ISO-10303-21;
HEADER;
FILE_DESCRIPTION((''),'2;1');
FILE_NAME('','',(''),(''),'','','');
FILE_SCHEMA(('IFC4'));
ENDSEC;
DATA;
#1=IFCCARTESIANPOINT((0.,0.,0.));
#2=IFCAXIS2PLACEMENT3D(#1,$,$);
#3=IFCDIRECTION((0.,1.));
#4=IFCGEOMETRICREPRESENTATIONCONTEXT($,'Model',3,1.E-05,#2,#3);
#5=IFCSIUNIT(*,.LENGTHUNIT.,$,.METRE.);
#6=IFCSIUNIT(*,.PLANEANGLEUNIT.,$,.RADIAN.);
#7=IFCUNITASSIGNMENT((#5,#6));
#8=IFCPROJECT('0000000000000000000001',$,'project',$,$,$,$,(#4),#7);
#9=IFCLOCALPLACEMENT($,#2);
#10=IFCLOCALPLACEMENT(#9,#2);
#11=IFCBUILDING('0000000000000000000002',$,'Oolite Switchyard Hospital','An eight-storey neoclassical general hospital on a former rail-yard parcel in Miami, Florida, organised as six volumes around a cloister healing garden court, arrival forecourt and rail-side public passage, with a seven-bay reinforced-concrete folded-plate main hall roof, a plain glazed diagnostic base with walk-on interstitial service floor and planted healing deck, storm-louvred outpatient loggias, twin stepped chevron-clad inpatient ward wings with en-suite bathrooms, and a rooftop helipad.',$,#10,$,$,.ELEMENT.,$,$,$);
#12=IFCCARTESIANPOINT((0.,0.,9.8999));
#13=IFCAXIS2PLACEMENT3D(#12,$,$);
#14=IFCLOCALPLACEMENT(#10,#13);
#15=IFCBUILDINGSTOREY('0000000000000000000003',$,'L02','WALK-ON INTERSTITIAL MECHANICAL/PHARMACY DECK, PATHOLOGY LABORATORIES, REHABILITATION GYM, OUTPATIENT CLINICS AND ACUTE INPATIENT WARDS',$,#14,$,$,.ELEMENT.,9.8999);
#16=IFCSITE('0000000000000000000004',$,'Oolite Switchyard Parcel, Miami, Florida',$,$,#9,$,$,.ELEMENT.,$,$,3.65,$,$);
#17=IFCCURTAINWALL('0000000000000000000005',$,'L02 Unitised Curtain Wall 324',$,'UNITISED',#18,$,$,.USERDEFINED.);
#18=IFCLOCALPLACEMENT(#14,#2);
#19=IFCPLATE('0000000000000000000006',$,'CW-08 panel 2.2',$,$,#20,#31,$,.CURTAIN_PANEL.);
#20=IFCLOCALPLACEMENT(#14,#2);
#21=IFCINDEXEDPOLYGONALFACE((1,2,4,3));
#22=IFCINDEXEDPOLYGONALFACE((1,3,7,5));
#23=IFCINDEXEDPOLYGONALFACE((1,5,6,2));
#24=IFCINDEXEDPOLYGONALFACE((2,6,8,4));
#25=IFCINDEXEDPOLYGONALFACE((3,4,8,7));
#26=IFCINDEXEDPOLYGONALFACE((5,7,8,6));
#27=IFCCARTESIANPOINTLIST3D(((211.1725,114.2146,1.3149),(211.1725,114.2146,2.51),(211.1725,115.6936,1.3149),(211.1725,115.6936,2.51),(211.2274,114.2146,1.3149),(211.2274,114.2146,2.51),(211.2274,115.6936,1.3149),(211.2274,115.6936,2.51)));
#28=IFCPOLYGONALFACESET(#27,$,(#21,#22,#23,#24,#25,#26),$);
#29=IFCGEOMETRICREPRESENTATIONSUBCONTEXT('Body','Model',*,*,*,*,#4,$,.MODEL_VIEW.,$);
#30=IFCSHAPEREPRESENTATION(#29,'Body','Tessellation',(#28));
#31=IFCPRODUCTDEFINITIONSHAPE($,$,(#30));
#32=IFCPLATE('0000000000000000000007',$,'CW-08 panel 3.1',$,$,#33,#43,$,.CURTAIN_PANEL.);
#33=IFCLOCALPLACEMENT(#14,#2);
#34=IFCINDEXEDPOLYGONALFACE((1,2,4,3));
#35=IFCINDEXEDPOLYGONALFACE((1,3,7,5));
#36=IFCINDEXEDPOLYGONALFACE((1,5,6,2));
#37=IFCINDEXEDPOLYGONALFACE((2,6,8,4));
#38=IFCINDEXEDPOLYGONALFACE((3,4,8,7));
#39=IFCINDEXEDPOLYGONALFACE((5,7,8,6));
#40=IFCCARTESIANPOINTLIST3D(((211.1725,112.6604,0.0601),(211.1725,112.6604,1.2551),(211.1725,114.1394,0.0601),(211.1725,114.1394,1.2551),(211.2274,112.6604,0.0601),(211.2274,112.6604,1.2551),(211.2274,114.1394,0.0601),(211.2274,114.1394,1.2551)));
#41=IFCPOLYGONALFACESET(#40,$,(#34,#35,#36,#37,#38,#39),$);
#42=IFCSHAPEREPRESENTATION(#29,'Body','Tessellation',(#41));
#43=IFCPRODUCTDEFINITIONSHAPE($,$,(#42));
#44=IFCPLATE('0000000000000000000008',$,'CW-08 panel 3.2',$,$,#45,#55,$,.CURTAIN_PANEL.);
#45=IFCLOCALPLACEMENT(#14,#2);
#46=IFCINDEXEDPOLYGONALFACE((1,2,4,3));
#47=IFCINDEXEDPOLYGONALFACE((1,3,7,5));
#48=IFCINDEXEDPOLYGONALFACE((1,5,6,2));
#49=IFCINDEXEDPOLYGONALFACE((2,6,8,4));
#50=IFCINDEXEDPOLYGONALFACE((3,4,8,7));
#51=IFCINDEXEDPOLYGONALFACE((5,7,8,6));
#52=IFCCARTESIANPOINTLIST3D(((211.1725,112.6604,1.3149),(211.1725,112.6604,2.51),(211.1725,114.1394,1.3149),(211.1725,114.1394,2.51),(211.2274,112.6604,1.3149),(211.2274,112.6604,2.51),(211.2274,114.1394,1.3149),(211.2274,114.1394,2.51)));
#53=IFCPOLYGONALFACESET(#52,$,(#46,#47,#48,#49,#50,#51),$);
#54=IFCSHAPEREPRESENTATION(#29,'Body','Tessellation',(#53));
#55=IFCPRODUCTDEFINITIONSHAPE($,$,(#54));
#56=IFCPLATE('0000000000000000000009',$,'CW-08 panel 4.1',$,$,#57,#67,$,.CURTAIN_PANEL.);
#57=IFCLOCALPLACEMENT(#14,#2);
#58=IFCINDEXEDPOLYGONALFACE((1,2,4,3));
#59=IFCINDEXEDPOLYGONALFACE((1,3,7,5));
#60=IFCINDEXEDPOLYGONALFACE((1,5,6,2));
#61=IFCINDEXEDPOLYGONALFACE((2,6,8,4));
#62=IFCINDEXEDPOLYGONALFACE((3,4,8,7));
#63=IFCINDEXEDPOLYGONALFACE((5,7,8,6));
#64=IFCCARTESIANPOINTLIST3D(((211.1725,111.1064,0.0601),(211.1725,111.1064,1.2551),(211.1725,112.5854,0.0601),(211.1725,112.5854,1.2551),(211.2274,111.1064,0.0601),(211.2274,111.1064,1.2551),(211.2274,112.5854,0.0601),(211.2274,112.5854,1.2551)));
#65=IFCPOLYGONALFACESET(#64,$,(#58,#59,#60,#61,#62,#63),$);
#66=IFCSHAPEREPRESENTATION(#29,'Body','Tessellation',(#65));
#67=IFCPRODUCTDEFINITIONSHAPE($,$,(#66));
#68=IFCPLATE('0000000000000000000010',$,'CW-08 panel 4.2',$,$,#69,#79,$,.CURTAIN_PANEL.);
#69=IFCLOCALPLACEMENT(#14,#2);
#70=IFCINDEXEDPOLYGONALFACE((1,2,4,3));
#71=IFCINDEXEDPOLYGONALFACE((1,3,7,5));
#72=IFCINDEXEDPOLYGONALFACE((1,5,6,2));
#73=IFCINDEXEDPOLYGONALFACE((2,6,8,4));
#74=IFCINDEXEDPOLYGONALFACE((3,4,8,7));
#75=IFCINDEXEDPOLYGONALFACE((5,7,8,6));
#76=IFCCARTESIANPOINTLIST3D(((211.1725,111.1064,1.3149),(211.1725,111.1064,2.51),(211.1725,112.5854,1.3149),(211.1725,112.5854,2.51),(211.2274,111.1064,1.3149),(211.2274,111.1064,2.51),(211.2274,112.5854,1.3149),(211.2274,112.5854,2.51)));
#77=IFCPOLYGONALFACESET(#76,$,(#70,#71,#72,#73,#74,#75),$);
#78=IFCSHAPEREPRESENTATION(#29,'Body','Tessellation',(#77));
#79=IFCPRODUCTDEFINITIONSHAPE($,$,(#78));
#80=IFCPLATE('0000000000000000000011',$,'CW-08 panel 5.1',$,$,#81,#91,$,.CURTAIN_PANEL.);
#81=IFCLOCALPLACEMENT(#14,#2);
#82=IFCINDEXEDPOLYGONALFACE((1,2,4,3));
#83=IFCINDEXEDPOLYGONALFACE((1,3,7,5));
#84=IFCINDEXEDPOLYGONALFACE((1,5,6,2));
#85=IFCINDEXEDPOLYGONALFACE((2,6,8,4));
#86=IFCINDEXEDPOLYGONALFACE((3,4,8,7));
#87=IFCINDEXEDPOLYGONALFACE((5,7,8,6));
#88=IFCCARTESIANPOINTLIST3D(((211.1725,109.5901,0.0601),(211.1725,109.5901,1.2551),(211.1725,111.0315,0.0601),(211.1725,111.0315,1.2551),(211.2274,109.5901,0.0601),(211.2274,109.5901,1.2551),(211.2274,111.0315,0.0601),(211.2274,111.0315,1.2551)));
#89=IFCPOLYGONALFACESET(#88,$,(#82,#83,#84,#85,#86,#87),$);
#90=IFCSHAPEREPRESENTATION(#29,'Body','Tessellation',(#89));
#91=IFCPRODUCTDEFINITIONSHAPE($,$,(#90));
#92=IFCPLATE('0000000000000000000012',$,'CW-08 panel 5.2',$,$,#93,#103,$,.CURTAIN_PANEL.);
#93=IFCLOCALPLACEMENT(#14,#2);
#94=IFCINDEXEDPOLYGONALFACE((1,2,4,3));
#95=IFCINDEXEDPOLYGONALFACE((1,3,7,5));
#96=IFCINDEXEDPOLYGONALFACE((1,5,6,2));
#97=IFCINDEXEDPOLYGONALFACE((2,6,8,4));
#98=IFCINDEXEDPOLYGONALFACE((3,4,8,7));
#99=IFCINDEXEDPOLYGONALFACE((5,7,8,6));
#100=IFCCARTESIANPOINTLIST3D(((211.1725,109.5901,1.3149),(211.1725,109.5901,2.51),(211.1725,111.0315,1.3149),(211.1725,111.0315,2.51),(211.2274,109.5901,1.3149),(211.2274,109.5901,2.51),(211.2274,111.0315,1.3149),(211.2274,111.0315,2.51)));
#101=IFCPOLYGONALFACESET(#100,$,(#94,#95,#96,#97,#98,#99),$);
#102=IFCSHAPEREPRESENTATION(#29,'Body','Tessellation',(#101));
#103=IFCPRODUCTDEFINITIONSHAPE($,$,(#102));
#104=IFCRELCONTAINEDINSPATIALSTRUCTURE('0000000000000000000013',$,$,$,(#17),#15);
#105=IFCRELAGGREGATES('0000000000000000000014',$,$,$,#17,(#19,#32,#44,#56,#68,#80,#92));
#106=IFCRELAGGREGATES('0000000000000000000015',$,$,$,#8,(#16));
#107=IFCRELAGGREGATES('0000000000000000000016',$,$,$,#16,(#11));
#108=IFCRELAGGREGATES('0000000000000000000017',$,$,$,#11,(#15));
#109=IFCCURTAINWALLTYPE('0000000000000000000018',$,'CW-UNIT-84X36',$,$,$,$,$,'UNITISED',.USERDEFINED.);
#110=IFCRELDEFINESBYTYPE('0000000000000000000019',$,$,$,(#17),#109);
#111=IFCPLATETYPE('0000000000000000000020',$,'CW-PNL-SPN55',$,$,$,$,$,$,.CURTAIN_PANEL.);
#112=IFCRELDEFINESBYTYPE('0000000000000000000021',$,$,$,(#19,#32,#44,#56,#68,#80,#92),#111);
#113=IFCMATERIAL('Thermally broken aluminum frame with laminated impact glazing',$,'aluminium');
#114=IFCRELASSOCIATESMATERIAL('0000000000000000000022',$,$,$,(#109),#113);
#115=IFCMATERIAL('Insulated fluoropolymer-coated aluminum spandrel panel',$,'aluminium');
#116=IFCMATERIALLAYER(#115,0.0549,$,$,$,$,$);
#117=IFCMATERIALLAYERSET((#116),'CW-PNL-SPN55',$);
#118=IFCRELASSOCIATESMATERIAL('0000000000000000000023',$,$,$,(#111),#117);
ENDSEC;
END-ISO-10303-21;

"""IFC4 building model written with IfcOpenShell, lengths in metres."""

from ifc_helpers import new_model, si_unit, direction, frame, origin, origin_2d, place, context, subcontext, project, spatial, rectangle, extrude, material, layer, layer_set, type_object, element, aggregate, save


model = new_model("IFC4")

# Units and contexts
model_context = context("Model", 3, precision=1e-05, world=origin(), true_north=direction((0.0, 1.0)))
body_context = subcontext(model_context, "Body", "Model", "MODEL_VIEW")
ifc_project = project(units=[si_unit("LENGTHUNIT", "METRE"), si_unit("PLANEANGLEUNIT", "RADIAN")], contexts=[model_context])

# Site, building, storey
site_placement = place(None, origin())
site = spatial("IfcSite", under=ifc_project, at=site_placement, Name="Oolite Switchyard Parcel, Miami, Florida", CompositionType="ELEMENT", RefElevation=3.65)
building_placement = place(site_placement, origin())
building = spatial("IfcBuilding", under=site, at=building_placement, Name="Oolite Switchyard Hospital", Description="An eight-storey neoclassical general hospital on a former rail-yard parcel in Miami, Florida, organised as six volumes around a cloister healing garden court, arrival forecourt and rail-side public passage, with a seven-bay reinforced-concrete folded-plate main hall roof, a plain glazed diagnostic base with walk-on interstitial service floor and planted healing deck, storm-louvred outpatient loggias, twin stepped chevron-clad inpatient ward wings with en-suite bathrooms, and a rooftop helipad.", CompositionType="ELEMENT")
storey_placement = place(building_placement, frame((0.0, 0.0, 9.8999)))
storey = spatial("IfcBuildingStorey", under=building, at=storey_placement, Name="L02", Description="WALK-ON INTERSTITIAL MECHANICAL/PHARMACY DECK, PATHOLOGY LABORATORIES, REHABILITATION GYM, OUTPATIENT CLINICS AND ACUTE INPATIENT WARDS", CompositionType="ELEMENT", Elevation=9.8999)

# Curtain wall, plates
ifc_material_1 = material(Name="Thermally broken aluminum frame with laminated impact glazing", Category="aluminium")
curtain_wall_type = type_object("IfcCurtainWallType", Name="CW-UNIT-84X36", ElementType="UNITISED", PredefinedType="USERDEFINED", material=ifc_material_1)
curtain_wall_placement = place(storey_placement, origin())
curtain_wall = element("IfcCurtainWall", 1, at=curtain_wall_placement, inside=storey, type_object=curtain_wall_type, Name="L02 Unitised Curtain Wall 324", ObjectType="UNITISED", PredefinedType="USERDEFINED")
ifc_material_2 = material(Name="Insulated fluoropolymer-coated aluminum spandrel panel", Category="aluminium")
ifc_layer = layer(ifc_material_2, 0.0549)
ifc_layer_set = layer_set([ifc_layer], Name="CW-PNL-SPN55")
plate_type = type_object("IfcPlateType", Name="CW-PNL-SPN55", PredefinedType="CURTAIN_PANEL", material=ifc_layer_set)
plate_1_placement = place(storey_placement, frame((211.2, 114.9541, 1.3149), z_axis=(0.0, 0.0, 1.0), x_axis=(0.0, -1.0, 0.0)))
plate_1 = element("IfcPlate", 2, at=plate_1_placement, type_object=plate_type, Name="CW-08 panel 2.2", PredefinedType="CURTAIN_PANEL", context=body_context, shape_type="SweptSolid", body=[
    extrude(rectangle(XDim=1.479, YDim=0.0549, at=origin_2d()), origin(), (0.0, 0.0, 1.0), 1.1951),
])
plate_2_placement = place(storey_placement, frame((211.2, 113.3999, 0.0601), z_axis=(0.0, 0.0, 1.0), x_axis=(0.0, -1.0, 0.0)))
plate_2 = element("IfcPlate", 3, at=plate_2_placement, type_object=plate_type, Name="CW-08 panel 3.1", PredefinedType="CURTAIN_PANEL", context=body_context, shape_type="SweptSolid", body=[
    extrude(rectangle(XDim=1.479, YDim=0.0549, at=origin_2d()), origin(), (0.0, 0.0, 1.0), 1.1951),
])
plate_3_placement = place(storey_placement, frame((211.2, 113.3999, 1.3149), z_axis=(0.0, 0.0, 1.0), x_axis=(0.0, -1.0, 0.0)))
plate_3 = element("IfcPlate", 4, at=plate_3_placement, type_object=plate_type, Name="CW-08 panel 3.2", PredefinedType="CURTAIN_PANEL", context=body_context, shape_type="SweptSolid", body=[
    extrude(rectangle(XDim=1.479, YDim=0.0549, at=origin_2d()), origin(), (0.0, 0.0, 1.0), 1.1951),
])
plate_4_placement = place(storey_placement, frame((211.2, 111.8459, 0.0601), z_axis=(0.0, 0.0, 1.0), x_axis=(0.0, -1.0, 0.0)))
plate_4 = element("IfcPlate", 5, at=plate_4_placement, type_object=plate_type, Name="CW-08 panel 4.1", PredefinedType="CURTAIN_PANEL", context=body_context, shape_type="SweptSolid", body=[
    extrude(rectangle(XDim=1.479, YDim=0.0549, at=origin_2d()), origin(), (0.0, 0.0, 1.0), 1.1951),
])
plate_5_placement = place(storey_placement, frame((211.2, 111.8459, 1.3149), z_axis=(0.0, 0.0, 1.0), x_axis=(0.0, -1.0, 0.0)))
plate_5 = element("IfcPlate", 6, at=plate_5_placement, type_object=plate_type, Name="CW-08 panel 4.2", PredefinedType="CURTAIN_PANEL", context=body_context, shape_type="SweptSolid", body=[
    extrude(rectangle(XDim=1.479, YDim=0.0549, at=origin_2d()), origin(), (0.0, 0.0, 1.0), 1.1951),
])
plate_6_placement = place(storey_placement, frame((211.2, 110.3108, 0.0601), z_axis=(0.0, 0.0, 1.0), x_axis=(0.0, -1.0, 0.0)))
plate_6 = element("IfcPlate", 7, at=plate_6_placement, type_object=plate_type, Name="CW-08 panel 5.1", PredefinedType="CURTAIN_PANEL", context=body_context, shape_type="SweptSolid", body=[
    extrude(rectangle(XDim=1.4414, YDim=0.0549, at=origin_2d()), origin(), (0.0, 0.0, 1.0), 1.1951),
])
plate_7_placement = place(storey_placement, frame((211.2, 110.3108, 1.3149), z_axis=(0.0, 0.0, 1.0), x_axis=(0.0, -1.0, 0.0)))
plate_7 = element("IfcPlate", 8, at=plate_7_placement, type_object=plate_type, Name="CW-08 panel 5.2", PredefinedType="CURTAIN_PANEL", context=body_context, shape_type="SweptSolid", body=[
    extrude(rectangle(XDim=1.4414, YDim=0.0549, at=origin_2d()), origin(), (0.0, 0.0, 1.0), 1.1951),
])
aggregate(curtain_wall, [plate_1, plate_2, plate_3, plate_4, plate_5, plate_6, plate_7])

save(model, "model.ifc")
